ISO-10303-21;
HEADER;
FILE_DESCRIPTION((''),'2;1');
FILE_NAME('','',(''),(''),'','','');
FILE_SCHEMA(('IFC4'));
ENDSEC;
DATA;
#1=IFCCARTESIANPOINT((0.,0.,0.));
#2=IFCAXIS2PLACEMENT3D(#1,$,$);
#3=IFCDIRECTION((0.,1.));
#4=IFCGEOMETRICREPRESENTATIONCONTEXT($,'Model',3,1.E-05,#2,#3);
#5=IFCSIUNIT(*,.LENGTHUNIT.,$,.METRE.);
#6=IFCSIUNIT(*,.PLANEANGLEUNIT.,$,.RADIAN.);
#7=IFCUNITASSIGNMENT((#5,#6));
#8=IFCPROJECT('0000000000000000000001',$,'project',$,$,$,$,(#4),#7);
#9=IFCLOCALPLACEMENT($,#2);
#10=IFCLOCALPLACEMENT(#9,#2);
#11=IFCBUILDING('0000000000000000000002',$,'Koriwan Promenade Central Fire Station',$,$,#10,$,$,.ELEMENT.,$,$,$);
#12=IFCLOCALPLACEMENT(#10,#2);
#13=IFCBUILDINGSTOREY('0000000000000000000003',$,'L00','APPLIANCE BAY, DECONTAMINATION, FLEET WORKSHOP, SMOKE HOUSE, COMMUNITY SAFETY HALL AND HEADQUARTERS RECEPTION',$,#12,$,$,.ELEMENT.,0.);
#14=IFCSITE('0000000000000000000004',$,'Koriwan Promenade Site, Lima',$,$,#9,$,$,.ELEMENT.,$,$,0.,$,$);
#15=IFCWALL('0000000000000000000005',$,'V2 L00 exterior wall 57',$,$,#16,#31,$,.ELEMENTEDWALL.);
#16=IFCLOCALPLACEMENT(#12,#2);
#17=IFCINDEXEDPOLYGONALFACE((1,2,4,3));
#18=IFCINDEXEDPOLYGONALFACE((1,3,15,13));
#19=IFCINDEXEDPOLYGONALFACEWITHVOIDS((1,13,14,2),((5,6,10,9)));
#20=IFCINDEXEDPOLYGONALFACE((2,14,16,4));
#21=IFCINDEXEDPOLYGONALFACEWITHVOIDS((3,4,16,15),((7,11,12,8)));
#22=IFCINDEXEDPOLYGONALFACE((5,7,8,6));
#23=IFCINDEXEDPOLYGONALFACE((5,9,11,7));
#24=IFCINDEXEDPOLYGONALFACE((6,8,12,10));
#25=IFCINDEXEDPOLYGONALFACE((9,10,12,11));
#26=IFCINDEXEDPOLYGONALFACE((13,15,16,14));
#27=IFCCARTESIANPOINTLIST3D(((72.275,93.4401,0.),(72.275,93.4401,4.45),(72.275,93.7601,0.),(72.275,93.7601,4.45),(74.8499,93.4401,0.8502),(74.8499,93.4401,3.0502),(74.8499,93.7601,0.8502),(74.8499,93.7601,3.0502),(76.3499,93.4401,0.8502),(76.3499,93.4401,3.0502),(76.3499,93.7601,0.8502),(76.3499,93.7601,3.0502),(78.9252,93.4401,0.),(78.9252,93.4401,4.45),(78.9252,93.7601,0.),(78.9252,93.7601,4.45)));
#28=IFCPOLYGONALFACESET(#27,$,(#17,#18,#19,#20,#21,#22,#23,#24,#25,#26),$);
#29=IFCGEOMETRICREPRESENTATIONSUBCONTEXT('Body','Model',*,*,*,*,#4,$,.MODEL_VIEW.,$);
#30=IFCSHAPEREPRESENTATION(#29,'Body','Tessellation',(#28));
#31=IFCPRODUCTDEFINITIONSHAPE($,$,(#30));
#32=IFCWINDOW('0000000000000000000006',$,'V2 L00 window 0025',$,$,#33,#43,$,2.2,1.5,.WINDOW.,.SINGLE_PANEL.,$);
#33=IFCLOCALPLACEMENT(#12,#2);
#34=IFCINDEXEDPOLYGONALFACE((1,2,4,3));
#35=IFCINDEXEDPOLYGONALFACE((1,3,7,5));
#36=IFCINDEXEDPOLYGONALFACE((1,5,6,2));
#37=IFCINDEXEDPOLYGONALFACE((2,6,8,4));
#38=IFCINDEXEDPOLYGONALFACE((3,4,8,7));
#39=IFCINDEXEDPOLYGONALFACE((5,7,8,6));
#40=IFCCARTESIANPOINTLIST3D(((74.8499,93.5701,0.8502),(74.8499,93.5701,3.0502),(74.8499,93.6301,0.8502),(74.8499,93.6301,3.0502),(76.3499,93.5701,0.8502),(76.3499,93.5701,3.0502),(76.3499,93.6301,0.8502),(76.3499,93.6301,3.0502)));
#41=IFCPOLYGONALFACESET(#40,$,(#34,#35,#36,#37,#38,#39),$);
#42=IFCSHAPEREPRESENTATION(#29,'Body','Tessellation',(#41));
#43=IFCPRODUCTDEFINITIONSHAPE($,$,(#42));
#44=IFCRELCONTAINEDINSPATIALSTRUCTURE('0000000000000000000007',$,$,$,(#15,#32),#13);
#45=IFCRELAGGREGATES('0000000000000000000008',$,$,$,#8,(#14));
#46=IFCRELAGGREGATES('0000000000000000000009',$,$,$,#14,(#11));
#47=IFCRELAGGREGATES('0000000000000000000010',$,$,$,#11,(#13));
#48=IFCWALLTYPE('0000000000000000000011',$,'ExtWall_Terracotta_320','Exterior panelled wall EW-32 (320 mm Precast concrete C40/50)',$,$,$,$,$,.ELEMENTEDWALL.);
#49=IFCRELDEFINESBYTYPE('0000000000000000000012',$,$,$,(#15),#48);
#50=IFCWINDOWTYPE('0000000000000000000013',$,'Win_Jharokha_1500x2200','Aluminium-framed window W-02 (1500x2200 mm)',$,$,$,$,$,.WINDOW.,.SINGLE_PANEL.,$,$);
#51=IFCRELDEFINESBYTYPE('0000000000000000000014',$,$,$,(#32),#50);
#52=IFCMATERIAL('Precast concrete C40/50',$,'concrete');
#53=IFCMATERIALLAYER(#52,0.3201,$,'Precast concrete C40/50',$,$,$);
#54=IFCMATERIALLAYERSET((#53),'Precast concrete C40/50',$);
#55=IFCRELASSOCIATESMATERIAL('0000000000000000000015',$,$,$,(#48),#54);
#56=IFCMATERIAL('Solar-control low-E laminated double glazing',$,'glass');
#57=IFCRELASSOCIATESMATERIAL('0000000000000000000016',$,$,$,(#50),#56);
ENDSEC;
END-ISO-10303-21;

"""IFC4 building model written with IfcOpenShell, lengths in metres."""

from ifc_helpers import new_model, si_unit, direction, frame, frame_2d, origin, place, context, subcontext, project, spatial, rectangle, extrude, material, layer, layer_set, type_object, element, fill, save


model = new_model("IFC4")

# Units and contexts
model_context = context("Model", 3, precision=1e-05, world=origin(), true_north=direction((0.0, 1.0)))
body_context = subcontext(model_context, "Body", "Model", "MODEL_VIEW")
ifc_project = project(units=[si_unit("LENGTHUNIT", "METRE"), si_unit("PLANEANGLEUNIT", "RADIAN")], contexts=[model_context])

# Site, building, storey
site_placement = place(None, origin())
site = spatial("IfcSite", under=ifc_project, at=site_placement, Name="Koriwan Promenade Site, Lima", CompositionType="ELEMENT", RefElevation=0.0)
building_placement = place(site_placement, origin())
building = spatial("IfcBuilding", under=site, at=building_placement, Name="Koriwan Promenade Central Fire Station", CompositionType="ELEMENT")
storey_placement = place(building_placement, origin())
storey = spatial("IfcBuildingStorey", under=building, at=storey_placement, Name="L00", Description="APPLIANCE BAY, DECONTAMINATION, FLEET WORKSHOP, SMOKE HOUSE, COMMUNITY SAFETY HALL AND HEADQUARTERS RECEPTION", CompositionType="ELEMENT", Elevation=0.0)

# Wall, opening, window
ifc_material_1 = material(Name="Precast concrete C40/50", Category="concrete")
ifc_layer = layer(ifc_material_1, 0.3201, Name="Precast concrete C40/50")
ifc_layer_set = layer_set([ifc_layer], Name="Precast concrete C40/50")
wall_type = type_object("IfcWallType", Name="ExtWall_Terracotta_320", Description="Exterior panelled wall EW-32 (320 mm Precast concrete C40/50)", PredefinedType="ELEMENTEDWALL", material=ifc_layer_set)
wall_placement = place(storey_placement, frame((72.2749, 93.6001, 0.0), z_axis=(0.0, 0.0, 1.0), x_axis=(1.0, 0.0, 0.0)))
wall = element("IfcWall", 1, at=wall_placement, inside=storey, type_object=wall_type, Name="V2 L00 exterior wall 57", PredefinedType="ELEMENTEDWALL", context=body_context, shape_type="SweptSolid", body=[
    extrude(rectangle(XDim=6.6501, YDim=0.3201, at=frame_2d((3.3252, 0.0))), origin(), (0.0, 0.0, 1.0), 4.45),
])
opening_placement = place(wall_placement, frame((2.575, 0.0, 0.8501)))
opening = element("IfcOpeningElement", 2, at=opening_placement, cuts=wall, PredefinedType="OPENING", context=body_context, shape_type="SweptSolid", body=[
    extrude(rectangle(XDim=1.5, YDim=2.2, at=frame_2d((0.75, 1.1001))), frame((0.0, 0.1719, 0.0), z_axis=(0.0, -1.0, 0.0), x_axis=(1.0, 0.0, 0.0)), (0.0, 0.0, 1.0), 0.344),
])
ifc_material_2 = material(Name="Solar-control low-E laminated double glazing", Category="glass")
window_type = type_object("IfcWindowType", Name="Win_Jharokha_1500x2200", Description="Aluminium-framed window W-02 (1500x2200 mm)", PartitioningType="SINGLE_PANEL", PredefinedType="WINDOW", material=ifc_material_2)
window_placement = place(opening_placement, origin())
window = element("IfcWindow", 3, at=window_placement, inside=storey, type_object=window_type, Name="V2 L00 window 0025", OverallHeight=2.2, OverallWidth=1.5, PartitioningType="SINGLE_PANEL", PredefinedType="WINDOW", context=body_context, shape_type="SweptSolid", body=[
    extrude(rectangle(XDim=1.5, YDim=2.2, at=frame_2d((0.75, 1.1001))), frame((0.0, 0.03, 0.0), z_axis=(0.0, -1.0, 0.0), x_axis=(1.0, 0.0, 0.0)), (0.0, 0.0, 1.0), 0.0601),
])
fill(opening, window)

save(model, "model.ifc")
